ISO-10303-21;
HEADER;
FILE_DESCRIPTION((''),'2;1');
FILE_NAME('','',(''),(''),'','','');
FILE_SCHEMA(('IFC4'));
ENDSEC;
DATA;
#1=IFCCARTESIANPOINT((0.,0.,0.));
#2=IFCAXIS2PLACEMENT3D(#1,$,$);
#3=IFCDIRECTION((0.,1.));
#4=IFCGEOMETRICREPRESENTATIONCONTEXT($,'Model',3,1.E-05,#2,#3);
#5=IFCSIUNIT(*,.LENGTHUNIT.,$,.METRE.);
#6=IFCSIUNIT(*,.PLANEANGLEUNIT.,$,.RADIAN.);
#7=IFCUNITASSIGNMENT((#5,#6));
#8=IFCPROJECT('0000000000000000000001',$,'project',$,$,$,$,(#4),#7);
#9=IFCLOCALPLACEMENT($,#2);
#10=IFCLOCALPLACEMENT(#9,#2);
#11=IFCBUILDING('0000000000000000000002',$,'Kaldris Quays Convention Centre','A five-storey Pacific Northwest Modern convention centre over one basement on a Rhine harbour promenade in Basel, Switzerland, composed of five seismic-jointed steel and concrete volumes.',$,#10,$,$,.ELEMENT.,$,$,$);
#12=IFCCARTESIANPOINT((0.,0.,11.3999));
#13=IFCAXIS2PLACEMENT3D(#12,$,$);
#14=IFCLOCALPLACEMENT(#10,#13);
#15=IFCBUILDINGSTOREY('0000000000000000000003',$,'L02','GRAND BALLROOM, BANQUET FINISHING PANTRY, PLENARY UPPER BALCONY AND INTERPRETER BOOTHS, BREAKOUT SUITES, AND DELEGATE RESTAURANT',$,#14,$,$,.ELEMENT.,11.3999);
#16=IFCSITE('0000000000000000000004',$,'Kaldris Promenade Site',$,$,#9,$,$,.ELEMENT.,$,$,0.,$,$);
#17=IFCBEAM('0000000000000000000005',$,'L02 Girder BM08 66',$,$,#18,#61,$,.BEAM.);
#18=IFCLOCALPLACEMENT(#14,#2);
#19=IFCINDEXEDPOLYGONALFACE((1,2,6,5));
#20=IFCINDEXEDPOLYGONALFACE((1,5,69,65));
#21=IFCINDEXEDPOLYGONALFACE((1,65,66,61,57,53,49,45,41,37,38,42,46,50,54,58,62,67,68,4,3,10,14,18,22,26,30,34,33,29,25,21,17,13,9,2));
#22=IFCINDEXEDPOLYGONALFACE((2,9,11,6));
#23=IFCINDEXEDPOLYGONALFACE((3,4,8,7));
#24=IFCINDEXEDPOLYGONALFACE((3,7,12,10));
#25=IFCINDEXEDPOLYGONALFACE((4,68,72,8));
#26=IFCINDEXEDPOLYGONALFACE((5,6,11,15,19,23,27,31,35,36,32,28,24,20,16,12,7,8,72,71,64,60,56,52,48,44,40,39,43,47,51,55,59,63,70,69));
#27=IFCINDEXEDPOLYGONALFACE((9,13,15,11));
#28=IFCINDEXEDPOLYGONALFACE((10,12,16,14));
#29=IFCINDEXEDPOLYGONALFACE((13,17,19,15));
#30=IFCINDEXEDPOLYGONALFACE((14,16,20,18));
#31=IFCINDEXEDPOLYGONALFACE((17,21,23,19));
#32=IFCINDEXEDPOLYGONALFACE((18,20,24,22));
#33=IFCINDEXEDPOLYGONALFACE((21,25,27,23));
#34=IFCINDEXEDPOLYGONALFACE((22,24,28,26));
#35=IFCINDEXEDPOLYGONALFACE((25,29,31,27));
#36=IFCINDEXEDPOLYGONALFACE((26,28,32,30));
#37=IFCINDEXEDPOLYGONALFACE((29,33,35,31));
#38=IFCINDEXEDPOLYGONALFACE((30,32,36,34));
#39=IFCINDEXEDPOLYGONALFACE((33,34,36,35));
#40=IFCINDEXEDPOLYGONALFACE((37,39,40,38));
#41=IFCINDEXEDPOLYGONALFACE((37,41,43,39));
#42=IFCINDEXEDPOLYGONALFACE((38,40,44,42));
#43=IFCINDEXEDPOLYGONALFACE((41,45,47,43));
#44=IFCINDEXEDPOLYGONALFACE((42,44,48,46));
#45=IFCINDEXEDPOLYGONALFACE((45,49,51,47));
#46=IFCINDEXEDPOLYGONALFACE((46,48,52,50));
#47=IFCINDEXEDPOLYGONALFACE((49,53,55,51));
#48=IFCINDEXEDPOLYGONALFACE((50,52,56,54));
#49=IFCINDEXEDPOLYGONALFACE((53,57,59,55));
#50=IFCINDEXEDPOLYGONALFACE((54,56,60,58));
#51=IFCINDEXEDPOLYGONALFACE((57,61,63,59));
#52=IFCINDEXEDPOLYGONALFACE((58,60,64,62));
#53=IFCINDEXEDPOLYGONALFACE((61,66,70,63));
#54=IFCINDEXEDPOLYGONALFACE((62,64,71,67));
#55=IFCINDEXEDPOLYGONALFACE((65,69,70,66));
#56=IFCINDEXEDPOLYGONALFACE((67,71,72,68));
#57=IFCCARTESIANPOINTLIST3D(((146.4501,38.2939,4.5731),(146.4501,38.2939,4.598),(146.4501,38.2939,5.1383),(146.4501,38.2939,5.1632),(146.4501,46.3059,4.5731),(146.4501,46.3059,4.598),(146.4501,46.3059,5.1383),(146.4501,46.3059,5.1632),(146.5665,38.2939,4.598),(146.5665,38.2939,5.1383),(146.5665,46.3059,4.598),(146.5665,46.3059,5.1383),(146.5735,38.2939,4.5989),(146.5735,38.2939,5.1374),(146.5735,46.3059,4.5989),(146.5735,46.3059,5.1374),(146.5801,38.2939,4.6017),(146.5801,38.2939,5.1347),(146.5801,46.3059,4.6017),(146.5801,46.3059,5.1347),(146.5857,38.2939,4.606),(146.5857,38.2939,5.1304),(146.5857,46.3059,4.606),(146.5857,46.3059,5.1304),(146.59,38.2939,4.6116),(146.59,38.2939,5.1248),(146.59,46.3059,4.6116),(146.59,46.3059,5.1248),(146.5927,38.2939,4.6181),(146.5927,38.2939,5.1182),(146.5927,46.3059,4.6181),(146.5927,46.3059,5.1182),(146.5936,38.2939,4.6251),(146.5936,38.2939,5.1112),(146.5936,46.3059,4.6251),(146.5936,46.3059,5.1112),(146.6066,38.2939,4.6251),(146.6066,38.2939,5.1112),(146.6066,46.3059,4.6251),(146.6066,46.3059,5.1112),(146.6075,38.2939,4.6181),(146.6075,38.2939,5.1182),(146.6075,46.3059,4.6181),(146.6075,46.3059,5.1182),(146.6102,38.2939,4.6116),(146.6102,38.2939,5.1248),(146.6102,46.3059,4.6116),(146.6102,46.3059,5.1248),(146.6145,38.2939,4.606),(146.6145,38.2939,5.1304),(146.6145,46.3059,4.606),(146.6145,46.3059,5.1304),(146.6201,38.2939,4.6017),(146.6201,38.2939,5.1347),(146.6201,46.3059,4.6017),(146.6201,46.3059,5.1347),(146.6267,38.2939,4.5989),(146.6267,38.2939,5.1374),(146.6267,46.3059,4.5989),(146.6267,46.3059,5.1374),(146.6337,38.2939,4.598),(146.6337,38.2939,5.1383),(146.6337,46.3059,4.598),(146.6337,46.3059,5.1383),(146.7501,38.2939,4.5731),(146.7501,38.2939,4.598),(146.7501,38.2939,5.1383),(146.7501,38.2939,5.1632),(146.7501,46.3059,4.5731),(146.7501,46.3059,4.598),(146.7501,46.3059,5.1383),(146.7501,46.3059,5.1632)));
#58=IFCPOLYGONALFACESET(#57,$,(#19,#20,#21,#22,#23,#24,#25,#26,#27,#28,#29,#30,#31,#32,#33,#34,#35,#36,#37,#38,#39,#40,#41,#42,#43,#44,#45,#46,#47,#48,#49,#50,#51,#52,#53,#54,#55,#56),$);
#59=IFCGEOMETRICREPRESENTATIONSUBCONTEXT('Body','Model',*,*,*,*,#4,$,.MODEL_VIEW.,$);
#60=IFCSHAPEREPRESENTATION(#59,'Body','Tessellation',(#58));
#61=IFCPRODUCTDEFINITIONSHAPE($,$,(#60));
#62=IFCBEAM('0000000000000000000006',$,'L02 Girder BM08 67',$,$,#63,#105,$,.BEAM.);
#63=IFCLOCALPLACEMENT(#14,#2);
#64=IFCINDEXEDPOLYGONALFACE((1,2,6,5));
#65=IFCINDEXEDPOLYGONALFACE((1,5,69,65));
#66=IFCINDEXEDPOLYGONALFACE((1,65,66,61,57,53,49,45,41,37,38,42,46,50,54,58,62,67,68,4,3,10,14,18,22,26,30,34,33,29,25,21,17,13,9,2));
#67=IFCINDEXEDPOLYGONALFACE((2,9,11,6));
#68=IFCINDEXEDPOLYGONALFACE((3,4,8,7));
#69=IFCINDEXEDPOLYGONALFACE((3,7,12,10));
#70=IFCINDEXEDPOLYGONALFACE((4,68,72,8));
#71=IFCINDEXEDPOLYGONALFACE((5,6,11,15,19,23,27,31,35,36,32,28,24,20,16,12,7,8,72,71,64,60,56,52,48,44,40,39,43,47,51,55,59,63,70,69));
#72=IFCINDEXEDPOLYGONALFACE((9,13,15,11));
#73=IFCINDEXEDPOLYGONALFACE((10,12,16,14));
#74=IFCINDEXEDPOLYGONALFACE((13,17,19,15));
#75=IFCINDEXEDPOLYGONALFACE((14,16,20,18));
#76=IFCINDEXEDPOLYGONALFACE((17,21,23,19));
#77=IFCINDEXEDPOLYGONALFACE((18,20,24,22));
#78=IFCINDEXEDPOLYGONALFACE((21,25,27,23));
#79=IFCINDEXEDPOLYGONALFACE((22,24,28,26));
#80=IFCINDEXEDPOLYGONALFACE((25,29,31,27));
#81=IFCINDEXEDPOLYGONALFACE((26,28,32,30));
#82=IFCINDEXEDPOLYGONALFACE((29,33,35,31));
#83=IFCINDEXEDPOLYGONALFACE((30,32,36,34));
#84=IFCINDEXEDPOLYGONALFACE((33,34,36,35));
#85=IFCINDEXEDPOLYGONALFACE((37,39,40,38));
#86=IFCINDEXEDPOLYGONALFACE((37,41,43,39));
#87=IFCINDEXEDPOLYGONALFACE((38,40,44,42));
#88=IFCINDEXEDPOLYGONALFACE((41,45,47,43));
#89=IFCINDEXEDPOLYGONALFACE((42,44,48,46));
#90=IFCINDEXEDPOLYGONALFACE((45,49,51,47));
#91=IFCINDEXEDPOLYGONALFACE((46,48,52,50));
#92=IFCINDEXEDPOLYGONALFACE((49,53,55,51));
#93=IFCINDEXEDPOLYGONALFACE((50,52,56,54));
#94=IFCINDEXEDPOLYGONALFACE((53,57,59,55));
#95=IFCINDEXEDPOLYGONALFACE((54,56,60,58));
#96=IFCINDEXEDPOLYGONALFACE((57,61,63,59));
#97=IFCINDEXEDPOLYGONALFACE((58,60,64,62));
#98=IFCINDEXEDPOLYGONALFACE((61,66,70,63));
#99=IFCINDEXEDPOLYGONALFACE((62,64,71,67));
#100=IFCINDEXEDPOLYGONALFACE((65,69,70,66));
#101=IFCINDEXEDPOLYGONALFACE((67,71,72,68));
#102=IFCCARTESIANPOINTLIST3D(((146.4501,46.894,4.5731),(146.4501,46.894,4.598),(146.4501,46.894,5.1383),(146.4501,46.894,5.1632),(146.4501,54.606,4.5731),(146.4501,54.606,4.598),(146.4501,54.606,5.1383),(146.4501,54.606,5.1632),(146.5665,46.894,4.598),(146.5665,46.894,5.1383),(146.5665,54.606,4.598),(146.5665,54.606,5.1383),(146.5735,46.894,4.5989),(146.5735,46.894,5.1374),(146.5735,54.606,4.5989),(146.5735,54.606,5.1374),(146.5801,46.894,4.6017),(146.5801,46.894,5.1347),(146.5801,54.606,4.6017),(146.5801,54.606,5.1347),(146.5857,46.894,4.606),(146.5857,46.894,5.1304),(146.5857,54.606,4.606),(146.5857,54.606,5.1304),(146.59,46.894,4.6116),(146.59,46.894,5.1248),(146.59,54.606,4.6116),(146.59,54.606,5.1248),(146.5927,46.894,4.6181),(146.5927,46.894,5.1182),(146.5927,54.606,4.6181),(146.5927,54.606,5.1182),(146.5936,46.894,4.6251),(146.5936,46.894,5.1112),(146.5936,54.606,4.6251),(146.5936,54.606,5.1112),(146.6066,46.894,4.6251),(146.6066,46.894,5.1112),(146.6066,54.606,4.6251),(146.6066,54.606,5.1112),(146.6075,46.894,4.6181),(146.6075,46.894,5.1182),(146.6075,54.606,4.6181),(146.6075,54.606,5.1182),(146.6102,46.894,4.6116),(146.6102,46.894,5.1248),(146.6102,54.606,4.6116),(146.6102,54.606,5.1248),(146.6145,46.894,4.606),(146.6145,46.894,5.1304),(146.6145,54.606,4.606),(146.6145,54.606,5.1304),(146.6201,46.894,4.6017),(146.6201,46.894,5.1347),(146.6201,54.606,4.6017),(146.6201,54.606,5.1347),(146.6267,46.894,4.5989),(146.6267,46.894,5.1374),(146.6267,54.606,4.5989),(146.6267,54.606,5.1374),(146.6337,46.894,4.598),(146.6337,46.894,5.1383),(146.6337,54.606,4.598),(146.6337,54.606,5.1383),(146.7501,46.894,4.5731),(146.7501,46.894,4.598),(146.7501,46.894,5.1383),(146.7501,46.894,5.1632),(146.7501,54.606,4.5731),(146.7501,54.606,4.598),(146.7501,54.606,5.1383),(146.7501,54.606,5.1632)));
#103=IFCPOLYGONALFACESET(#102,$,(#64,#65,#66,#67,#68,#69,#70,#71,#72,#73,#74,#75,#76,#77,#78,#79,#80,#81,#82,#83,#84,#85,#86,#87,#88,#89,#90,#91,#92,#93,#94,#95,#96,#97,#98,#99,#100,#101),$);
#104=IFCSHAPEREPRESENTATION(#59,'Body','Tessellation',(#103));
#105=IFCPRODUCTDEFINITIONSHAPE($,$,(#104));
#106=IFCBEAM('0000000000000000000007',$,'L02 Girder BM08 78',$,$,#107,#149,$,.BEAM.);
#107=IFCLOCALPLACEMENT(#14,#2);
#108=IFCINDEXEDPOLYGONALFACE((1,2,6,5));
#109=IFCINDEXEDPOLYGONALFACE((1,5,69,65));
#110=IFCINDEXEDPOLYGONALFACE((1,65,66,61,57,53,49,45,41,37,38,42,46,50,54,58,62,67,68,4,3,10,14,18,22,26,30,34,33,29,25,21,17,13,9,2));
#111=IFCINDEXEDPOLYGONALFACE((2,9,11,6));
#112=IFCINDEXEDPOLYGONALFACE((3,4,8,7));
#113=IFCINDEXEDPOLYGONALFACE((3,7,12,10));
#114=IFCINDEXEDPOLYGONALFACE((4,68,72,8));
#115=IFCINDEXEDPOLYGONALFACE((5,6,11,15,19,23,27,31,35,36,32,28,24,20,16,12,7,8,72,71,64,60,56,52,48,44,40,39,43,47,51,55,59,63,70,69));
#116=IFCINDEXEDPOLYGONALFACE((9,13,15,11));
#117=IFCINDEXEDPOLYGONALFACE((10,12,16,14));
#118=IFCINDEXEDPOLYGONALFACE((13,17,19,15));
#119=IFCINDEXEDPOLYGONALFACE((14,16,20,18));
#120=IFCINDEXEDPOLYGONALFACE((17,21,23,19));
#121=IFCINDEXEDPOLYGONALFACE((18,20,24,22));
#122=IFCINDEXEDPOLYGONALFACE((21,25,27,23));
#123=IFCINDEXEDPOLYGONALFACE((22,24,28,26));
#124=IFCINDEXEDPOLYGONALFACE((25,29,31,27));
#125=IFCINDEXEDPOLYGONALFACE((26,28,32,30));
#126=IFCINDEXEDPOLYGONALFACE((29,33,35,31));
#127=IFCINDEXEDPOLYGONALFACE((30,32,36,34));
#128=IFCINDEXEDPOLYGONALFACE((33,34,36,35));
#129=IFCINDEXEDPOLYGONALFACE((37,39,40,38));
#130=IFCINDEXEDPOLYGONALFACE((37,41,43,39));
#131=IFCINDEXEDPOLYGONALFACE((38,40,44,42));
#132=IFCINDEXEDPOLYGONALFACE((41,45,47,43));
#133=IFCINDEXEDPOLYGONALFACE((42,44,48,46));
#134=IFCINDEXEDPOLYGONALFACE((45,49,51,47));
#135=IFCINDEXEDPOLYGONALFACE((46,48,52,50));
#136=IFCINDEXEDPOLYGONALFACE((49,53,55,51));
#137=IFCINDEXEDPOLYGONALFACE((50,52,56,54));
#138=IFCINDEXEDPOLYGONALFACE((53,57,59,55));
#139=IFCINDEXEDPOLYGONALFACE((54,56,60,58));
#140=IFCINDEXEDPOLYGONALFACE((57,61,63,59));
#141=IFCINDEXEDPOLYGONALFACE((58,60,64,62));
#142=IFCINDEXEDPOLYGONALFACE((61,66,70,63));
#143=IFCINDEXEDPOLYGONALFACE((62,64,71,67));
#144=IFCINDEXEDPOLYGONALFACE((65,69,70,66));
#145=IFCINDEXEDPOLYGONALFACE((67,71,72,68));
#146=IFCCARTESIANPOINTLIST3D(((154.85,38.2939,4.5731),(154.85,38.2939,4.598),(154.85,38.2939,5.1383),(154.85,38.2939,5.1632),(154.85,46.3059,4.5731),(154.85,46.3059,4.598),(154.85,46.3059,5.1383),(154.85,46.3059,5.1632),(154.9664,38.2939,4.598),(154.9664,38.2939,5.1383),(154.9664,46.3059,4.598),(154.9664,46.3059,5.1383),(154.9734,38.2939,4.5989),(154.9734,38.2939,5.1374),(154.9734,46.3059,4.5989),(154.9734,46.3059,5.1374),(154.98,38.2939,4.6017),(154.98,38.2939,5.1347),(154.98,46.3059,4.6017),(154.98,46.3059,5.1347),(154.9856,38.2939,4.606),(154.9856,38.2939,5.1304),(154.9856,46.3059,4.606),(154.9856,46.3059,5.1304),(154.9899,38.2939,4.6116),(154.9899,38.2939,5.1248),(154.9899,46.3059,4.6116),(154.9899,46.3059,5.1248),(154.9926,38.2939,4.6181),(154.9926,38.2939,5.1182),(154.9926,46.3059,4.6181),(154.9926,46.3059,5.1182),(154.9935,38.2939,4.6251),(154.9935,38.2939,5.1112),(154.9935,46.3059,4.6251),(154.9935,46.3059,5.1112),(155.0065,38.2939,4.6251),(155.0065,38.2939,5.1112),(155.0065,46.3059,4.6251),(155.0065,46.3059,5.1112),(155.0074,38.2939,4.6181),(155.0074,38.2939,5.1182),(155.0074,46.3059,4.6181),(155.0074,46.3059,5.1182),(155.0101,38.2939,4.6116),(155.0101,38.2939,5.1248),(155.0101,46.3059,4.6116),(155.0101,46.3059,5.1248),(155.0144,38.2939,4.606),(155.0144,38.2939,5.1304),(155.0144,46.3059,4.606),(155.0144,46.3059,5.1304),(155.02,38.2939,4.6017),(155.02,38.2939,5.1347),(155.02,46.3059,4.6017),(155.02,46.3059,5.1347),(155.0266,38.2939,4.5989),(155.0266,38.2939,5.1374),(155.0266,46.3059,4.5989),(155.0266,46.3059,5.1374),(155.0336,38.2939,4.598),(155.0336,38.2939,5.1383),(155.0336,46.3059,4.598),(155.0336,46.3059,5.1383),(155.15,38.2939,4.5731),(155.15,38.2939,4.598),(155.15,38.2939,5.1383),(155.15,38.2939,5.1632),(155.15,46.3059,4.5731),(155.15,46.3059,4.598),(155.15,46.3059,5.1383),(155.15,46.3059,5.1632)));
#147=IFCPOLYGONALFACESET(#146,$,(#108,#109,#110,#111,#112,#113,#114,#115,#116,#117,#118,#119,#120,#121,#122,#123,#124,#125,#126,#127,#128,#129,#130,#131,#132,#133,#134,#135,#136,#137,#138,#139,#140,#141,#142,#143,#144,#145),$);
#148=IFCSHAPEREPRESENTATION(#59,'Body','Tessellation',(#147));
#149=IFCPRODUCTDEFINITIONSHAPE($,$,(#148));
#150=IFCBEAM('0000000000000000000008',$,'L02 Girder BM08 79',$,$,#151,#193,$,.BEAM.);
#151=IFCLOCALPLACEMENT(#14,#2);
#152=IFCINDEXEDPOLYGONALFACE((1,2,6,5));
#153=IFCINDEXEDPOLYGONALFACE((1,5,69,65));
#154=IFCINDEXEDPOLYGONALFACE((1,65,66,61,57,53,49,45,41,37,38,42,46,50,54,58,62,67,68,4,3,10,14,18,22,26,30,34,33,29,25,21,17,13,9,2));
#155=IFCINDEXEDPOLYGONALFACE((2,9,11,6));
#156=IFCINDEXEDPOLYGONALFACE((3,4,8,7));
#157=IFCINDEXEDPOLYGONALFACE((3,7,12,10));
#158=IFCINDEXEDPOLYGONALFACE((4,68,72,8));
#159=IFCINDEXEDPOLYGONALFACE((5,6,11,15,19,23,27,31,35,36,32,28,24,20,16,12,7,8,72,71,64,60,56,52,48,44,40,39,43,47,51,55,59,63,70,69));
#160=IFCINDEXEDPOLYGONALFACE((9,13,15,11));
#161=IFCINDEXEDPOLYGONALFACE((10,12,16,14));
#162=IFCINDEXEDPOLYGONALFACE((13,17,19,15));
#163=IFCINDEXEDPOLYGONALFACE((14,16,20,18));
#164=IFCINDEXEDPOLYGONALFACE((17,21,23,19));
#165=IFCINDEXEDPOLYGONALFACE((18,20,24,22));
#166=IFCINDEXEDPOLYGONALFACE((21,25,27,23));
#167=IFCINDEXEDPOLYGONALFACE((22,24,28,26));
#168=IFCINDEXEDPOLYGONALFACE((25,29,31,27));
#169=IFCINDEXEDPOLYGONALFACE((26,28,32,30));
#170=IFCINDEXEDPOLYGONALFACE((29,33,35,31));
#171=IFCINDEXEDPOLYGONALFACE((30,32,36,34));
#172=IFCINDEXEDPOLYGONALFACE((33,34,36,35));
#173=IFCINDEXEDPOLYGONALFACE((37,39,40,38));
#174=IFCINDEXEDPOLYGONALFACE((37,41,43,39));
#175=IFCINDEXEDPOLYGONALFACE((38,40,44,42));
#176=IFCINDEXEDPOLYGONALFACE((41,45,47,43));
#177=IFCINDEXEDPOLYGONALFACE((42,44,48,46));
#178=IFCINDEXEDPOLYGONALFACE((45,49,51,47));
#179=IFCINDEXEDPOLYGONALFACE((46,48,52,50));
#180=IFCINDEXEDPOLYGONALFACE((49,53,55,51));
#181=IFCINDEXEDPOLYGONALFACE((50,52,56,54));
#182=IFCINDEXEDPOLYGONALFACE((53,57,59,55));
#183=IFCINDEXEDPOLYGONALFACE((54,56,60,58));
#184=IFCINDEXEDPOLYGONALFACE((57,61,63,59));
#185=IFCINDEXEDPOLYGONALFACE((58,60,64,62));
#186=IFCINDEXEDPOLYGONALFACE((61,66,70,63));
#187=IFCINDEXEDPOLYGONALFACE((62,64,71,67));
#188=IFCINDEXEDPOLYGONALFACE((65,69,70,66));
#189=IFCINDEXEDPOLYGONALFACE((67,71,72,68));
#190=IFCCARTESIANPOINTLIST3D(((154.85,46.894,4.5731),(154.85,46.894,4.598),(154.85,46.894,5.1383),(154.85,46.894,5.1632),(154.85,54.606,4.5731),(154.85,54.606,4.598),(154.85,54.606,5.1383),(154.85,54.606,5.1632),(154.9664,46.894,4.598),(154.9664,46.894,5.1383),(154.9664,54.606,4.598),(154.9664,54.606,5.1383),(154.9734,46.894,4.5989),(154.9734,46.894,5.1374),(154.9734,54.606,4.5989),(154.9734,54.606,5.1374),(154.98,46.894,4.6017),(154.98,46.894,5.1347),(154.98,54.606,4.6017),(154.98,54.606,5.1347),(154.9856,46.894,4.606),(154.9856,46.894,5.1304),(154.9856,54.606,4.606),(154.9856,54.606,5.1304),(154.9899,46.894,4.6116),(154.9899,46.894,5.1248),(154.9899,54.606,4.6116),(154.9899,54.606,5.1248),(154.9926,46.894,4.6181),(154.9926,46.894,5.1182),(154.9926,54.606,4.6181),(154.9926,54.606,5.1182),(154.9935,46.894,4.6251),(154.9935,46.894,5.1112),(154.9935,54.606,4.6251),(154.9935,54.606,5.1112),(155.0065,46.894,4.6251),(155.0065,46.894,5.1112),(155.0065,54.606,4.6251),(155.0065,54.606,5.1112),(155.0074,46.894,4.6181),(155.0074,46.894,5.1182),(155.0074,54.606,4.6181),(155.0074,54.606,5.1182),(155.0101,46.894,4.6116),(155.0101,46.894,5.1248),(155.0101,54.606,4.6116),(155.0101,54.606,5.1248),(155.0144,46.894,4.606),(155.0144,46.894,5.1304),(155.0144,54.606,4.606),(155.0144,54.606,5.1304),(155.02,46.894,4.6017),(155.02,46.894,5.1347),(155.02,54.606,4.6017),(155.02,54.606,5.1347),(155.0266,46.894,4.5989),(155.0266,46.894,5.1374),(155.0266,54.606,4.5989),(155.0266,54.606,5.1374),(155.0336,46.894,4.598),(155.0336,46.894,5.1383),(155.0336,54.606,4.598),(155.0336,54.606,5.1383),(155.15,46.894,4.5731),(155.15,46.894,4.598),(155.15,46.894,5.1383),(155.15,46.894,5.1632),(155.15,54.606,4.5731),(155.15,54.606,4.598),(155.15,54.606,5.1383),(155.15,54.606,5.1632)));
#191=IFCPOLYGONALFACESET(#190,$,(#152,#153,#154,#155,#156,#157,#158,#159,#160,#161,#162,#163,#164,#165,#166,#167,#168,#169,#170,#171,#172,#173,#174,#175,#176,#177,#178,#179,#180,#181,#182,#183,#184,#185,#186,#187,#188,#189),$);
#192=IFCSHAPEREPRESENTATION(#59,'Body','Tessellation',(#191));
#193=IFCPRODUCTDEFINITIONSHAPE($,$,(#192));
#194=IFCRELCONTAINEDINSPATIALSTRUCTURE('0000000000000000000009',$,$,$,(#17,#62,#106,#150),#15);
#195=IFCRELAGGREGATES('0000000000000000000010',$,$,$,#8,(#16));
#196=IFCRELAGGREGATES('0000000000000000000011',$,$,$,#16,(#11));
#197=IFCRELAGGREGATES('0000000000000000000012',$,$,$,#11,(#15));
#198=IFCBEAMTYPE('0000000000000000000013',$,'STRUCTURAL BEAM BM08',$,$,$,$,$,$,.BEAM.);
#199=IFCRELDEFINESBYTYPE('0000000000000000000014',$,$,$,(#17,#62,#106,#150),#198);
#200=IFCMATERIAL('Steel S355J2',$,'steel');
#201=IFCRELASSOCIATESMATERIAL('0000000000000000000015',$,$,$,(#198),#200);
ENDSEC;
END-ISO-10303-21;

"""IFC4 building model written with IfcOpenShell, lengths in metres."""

from ifc_helpers import new_model, si_unit, direction, frame, origin, origin_2d, place, context, subcontext, project, spatial, i_section, extrude, material, material_profile, profile_set, type_object, element, save


model = new_model("IFC4")

# Units and contexts
model_context = context("Model", 3, precision=1e-05, world=origin(), true_north=direction((0.0, 1.0)))
body_context = subcontext(model_context, "Body", "Model", "MODEL_VIEW")
ifc_project = project(units=[si_unit("LENGTHUNIT", "METRE"), si_unit("PLANEANGLEUNIT", "RADIAN")], contexts=[model_context])

# Site, building, storey
site_placement = place(None, origin())
site = spatial("IfcSite", under=ifc_project, at=site_placement, Name="Kaldris Promenade Site", CompositionType="ELEMENT", RefElevation=0.0)
building_placement = place(site_placement, origin())
building = spatial("IfcBuilding", under=site, at=building_placement, Name="Kaldris Quays Convention Centre", Description="A five-storey Pacific Northwest Modern convention centre over one basement on a Rhine harbour promenade in Basel, Switzerland, composed of five seismic-jointed steel and concrete volumes.", CompositionType="ELEMENT")
storey_placement = place(building_placement, frame((0.0, 0.0, 11.3999)))
storey = spatial("IfcBuildingStorey", under=building, at=storey_placement, Name="L02", Description="GRAND BALLROOM, BANQUET FINISHING PANTRY, PLENARY UPPER BALCONY AND INTERPRETER BOOTHS, BREAKOUT SUITES, AND DELEGATE RESTAURANT", CompositionType="ELEMENT", Elevation=11.3999)

# Shared definitions
ifc_material_1 = material(Name="Steel S355J2", Category="steel")

# Beams
ifc_material_profile_1 = material_profile(ifc_material_1, i_section(OverallWidth=0.3, OverallDepth=0.5901, WebThickness=0.0129, FlangeThickness=0.0249, FilletRadius=0.0271, at=origin_2d()), Name="HEA 600")
ifc_profile_set_1 = profile_set([ifc_material_profile_1], Name="Steel S355J2")
beam_type_1 = type_object("IfcBeamType", Name="STRUCTURAL BEAM BM08", PredefinedType="BEAM", material=ifc_profile_set_1)
beam_1_placement = place(storey_placement, frame((146.6001, 38.2939, 4.8682), z_axis=(0.0, 1.0, 0.0), x_axis=(-1.0, 0.0, 0.0)))
element("IfcBeam", 1, at=beam_1_placement, inside=storey, type_object=beam_type_1, Name="L02 Girder BM08 66", PredefinedType="BEAM", context=body_context, shape_type="SweptSolid", body=[
    extrude(i_section(OverallWidth=0.3, OverallDepth=0.5901, WebThickness=0.0129, FlangeThickness=0.0249, FilletRadius=0.0271, at=origin_2d()), origin(), (0.0, 0.0, 1.0), 8.012),
])
beam_2_placement = place(storey_placement, frame((146.6001, 46.894, 4.8682), z_axis=(0.0, 1.0, 0.0), x_axis=(-1.0, 0.0, 0.0)))
element("IfcBeam", 2, at=beam_2_placement, inside=storey, type_object=beam_type_1, Name="L02 Girder BM08 67", PredefinedType="BEAM", context=body_context, shape_type="SweptSolid", body=[
    extrude(i_section(OverallWidth=0.3, OverallDepth=0.5901, WebThickness=0.0129, FlangeThickness=0.0249, FilletRadius=0.0271, at=origin_2d()), origin(), (0.0, 0.0, 1.0), 7.7119),
])
beam_3_placement = place(storey_placement, frame((155.0, 38.2939, 4.8682), z_axis=(0.0, 1.0, 0.0), x_axis=(-1.0, 0.0, 0.0)))
element("IfcBeam", 3, at=beam_3_placement, inside=storey, type_object=beam_type_1, Name="L02 Girder BM08 78", PredefinedType="BEAM", context=body_context, shape_type="SweptSolid", body=[
    extrude(i_section(OverallWidth=0.3, OverallDepth=0.5901, WebThickness=0.0129, FlangeThickness=0.0249, FilletRadius=0.0271, at=origin_2d()), origin(), (0.0, 0.0, 1.0), 8.012),
])
beam_4_placement = place(storey_placement, frame((155.0, 46.894, 4.8682), z_axis=(0.0, 1.0, 0.0), x_axis=(-1.0, 0.0, 0.0)))
element("IfcBeam", 4, at=beam_4_placement, inside=storey, type_object=beam_type_1, Name="L02 Girder BM08 79", PredefinedType="BEAM", context=body_context, shape_type="SweptSolid", body=[
    extrude(i_section(OverallWidth=0.3, OverallDepth=0.5901, WebThickness=0.0129, FlangeThickness=0.0249, FilletRadius=0.0271, at=origin_2d()), origin(), (0.0, 0.0, 1.0), 7.7119),
])

save(model, "model.ifc")
